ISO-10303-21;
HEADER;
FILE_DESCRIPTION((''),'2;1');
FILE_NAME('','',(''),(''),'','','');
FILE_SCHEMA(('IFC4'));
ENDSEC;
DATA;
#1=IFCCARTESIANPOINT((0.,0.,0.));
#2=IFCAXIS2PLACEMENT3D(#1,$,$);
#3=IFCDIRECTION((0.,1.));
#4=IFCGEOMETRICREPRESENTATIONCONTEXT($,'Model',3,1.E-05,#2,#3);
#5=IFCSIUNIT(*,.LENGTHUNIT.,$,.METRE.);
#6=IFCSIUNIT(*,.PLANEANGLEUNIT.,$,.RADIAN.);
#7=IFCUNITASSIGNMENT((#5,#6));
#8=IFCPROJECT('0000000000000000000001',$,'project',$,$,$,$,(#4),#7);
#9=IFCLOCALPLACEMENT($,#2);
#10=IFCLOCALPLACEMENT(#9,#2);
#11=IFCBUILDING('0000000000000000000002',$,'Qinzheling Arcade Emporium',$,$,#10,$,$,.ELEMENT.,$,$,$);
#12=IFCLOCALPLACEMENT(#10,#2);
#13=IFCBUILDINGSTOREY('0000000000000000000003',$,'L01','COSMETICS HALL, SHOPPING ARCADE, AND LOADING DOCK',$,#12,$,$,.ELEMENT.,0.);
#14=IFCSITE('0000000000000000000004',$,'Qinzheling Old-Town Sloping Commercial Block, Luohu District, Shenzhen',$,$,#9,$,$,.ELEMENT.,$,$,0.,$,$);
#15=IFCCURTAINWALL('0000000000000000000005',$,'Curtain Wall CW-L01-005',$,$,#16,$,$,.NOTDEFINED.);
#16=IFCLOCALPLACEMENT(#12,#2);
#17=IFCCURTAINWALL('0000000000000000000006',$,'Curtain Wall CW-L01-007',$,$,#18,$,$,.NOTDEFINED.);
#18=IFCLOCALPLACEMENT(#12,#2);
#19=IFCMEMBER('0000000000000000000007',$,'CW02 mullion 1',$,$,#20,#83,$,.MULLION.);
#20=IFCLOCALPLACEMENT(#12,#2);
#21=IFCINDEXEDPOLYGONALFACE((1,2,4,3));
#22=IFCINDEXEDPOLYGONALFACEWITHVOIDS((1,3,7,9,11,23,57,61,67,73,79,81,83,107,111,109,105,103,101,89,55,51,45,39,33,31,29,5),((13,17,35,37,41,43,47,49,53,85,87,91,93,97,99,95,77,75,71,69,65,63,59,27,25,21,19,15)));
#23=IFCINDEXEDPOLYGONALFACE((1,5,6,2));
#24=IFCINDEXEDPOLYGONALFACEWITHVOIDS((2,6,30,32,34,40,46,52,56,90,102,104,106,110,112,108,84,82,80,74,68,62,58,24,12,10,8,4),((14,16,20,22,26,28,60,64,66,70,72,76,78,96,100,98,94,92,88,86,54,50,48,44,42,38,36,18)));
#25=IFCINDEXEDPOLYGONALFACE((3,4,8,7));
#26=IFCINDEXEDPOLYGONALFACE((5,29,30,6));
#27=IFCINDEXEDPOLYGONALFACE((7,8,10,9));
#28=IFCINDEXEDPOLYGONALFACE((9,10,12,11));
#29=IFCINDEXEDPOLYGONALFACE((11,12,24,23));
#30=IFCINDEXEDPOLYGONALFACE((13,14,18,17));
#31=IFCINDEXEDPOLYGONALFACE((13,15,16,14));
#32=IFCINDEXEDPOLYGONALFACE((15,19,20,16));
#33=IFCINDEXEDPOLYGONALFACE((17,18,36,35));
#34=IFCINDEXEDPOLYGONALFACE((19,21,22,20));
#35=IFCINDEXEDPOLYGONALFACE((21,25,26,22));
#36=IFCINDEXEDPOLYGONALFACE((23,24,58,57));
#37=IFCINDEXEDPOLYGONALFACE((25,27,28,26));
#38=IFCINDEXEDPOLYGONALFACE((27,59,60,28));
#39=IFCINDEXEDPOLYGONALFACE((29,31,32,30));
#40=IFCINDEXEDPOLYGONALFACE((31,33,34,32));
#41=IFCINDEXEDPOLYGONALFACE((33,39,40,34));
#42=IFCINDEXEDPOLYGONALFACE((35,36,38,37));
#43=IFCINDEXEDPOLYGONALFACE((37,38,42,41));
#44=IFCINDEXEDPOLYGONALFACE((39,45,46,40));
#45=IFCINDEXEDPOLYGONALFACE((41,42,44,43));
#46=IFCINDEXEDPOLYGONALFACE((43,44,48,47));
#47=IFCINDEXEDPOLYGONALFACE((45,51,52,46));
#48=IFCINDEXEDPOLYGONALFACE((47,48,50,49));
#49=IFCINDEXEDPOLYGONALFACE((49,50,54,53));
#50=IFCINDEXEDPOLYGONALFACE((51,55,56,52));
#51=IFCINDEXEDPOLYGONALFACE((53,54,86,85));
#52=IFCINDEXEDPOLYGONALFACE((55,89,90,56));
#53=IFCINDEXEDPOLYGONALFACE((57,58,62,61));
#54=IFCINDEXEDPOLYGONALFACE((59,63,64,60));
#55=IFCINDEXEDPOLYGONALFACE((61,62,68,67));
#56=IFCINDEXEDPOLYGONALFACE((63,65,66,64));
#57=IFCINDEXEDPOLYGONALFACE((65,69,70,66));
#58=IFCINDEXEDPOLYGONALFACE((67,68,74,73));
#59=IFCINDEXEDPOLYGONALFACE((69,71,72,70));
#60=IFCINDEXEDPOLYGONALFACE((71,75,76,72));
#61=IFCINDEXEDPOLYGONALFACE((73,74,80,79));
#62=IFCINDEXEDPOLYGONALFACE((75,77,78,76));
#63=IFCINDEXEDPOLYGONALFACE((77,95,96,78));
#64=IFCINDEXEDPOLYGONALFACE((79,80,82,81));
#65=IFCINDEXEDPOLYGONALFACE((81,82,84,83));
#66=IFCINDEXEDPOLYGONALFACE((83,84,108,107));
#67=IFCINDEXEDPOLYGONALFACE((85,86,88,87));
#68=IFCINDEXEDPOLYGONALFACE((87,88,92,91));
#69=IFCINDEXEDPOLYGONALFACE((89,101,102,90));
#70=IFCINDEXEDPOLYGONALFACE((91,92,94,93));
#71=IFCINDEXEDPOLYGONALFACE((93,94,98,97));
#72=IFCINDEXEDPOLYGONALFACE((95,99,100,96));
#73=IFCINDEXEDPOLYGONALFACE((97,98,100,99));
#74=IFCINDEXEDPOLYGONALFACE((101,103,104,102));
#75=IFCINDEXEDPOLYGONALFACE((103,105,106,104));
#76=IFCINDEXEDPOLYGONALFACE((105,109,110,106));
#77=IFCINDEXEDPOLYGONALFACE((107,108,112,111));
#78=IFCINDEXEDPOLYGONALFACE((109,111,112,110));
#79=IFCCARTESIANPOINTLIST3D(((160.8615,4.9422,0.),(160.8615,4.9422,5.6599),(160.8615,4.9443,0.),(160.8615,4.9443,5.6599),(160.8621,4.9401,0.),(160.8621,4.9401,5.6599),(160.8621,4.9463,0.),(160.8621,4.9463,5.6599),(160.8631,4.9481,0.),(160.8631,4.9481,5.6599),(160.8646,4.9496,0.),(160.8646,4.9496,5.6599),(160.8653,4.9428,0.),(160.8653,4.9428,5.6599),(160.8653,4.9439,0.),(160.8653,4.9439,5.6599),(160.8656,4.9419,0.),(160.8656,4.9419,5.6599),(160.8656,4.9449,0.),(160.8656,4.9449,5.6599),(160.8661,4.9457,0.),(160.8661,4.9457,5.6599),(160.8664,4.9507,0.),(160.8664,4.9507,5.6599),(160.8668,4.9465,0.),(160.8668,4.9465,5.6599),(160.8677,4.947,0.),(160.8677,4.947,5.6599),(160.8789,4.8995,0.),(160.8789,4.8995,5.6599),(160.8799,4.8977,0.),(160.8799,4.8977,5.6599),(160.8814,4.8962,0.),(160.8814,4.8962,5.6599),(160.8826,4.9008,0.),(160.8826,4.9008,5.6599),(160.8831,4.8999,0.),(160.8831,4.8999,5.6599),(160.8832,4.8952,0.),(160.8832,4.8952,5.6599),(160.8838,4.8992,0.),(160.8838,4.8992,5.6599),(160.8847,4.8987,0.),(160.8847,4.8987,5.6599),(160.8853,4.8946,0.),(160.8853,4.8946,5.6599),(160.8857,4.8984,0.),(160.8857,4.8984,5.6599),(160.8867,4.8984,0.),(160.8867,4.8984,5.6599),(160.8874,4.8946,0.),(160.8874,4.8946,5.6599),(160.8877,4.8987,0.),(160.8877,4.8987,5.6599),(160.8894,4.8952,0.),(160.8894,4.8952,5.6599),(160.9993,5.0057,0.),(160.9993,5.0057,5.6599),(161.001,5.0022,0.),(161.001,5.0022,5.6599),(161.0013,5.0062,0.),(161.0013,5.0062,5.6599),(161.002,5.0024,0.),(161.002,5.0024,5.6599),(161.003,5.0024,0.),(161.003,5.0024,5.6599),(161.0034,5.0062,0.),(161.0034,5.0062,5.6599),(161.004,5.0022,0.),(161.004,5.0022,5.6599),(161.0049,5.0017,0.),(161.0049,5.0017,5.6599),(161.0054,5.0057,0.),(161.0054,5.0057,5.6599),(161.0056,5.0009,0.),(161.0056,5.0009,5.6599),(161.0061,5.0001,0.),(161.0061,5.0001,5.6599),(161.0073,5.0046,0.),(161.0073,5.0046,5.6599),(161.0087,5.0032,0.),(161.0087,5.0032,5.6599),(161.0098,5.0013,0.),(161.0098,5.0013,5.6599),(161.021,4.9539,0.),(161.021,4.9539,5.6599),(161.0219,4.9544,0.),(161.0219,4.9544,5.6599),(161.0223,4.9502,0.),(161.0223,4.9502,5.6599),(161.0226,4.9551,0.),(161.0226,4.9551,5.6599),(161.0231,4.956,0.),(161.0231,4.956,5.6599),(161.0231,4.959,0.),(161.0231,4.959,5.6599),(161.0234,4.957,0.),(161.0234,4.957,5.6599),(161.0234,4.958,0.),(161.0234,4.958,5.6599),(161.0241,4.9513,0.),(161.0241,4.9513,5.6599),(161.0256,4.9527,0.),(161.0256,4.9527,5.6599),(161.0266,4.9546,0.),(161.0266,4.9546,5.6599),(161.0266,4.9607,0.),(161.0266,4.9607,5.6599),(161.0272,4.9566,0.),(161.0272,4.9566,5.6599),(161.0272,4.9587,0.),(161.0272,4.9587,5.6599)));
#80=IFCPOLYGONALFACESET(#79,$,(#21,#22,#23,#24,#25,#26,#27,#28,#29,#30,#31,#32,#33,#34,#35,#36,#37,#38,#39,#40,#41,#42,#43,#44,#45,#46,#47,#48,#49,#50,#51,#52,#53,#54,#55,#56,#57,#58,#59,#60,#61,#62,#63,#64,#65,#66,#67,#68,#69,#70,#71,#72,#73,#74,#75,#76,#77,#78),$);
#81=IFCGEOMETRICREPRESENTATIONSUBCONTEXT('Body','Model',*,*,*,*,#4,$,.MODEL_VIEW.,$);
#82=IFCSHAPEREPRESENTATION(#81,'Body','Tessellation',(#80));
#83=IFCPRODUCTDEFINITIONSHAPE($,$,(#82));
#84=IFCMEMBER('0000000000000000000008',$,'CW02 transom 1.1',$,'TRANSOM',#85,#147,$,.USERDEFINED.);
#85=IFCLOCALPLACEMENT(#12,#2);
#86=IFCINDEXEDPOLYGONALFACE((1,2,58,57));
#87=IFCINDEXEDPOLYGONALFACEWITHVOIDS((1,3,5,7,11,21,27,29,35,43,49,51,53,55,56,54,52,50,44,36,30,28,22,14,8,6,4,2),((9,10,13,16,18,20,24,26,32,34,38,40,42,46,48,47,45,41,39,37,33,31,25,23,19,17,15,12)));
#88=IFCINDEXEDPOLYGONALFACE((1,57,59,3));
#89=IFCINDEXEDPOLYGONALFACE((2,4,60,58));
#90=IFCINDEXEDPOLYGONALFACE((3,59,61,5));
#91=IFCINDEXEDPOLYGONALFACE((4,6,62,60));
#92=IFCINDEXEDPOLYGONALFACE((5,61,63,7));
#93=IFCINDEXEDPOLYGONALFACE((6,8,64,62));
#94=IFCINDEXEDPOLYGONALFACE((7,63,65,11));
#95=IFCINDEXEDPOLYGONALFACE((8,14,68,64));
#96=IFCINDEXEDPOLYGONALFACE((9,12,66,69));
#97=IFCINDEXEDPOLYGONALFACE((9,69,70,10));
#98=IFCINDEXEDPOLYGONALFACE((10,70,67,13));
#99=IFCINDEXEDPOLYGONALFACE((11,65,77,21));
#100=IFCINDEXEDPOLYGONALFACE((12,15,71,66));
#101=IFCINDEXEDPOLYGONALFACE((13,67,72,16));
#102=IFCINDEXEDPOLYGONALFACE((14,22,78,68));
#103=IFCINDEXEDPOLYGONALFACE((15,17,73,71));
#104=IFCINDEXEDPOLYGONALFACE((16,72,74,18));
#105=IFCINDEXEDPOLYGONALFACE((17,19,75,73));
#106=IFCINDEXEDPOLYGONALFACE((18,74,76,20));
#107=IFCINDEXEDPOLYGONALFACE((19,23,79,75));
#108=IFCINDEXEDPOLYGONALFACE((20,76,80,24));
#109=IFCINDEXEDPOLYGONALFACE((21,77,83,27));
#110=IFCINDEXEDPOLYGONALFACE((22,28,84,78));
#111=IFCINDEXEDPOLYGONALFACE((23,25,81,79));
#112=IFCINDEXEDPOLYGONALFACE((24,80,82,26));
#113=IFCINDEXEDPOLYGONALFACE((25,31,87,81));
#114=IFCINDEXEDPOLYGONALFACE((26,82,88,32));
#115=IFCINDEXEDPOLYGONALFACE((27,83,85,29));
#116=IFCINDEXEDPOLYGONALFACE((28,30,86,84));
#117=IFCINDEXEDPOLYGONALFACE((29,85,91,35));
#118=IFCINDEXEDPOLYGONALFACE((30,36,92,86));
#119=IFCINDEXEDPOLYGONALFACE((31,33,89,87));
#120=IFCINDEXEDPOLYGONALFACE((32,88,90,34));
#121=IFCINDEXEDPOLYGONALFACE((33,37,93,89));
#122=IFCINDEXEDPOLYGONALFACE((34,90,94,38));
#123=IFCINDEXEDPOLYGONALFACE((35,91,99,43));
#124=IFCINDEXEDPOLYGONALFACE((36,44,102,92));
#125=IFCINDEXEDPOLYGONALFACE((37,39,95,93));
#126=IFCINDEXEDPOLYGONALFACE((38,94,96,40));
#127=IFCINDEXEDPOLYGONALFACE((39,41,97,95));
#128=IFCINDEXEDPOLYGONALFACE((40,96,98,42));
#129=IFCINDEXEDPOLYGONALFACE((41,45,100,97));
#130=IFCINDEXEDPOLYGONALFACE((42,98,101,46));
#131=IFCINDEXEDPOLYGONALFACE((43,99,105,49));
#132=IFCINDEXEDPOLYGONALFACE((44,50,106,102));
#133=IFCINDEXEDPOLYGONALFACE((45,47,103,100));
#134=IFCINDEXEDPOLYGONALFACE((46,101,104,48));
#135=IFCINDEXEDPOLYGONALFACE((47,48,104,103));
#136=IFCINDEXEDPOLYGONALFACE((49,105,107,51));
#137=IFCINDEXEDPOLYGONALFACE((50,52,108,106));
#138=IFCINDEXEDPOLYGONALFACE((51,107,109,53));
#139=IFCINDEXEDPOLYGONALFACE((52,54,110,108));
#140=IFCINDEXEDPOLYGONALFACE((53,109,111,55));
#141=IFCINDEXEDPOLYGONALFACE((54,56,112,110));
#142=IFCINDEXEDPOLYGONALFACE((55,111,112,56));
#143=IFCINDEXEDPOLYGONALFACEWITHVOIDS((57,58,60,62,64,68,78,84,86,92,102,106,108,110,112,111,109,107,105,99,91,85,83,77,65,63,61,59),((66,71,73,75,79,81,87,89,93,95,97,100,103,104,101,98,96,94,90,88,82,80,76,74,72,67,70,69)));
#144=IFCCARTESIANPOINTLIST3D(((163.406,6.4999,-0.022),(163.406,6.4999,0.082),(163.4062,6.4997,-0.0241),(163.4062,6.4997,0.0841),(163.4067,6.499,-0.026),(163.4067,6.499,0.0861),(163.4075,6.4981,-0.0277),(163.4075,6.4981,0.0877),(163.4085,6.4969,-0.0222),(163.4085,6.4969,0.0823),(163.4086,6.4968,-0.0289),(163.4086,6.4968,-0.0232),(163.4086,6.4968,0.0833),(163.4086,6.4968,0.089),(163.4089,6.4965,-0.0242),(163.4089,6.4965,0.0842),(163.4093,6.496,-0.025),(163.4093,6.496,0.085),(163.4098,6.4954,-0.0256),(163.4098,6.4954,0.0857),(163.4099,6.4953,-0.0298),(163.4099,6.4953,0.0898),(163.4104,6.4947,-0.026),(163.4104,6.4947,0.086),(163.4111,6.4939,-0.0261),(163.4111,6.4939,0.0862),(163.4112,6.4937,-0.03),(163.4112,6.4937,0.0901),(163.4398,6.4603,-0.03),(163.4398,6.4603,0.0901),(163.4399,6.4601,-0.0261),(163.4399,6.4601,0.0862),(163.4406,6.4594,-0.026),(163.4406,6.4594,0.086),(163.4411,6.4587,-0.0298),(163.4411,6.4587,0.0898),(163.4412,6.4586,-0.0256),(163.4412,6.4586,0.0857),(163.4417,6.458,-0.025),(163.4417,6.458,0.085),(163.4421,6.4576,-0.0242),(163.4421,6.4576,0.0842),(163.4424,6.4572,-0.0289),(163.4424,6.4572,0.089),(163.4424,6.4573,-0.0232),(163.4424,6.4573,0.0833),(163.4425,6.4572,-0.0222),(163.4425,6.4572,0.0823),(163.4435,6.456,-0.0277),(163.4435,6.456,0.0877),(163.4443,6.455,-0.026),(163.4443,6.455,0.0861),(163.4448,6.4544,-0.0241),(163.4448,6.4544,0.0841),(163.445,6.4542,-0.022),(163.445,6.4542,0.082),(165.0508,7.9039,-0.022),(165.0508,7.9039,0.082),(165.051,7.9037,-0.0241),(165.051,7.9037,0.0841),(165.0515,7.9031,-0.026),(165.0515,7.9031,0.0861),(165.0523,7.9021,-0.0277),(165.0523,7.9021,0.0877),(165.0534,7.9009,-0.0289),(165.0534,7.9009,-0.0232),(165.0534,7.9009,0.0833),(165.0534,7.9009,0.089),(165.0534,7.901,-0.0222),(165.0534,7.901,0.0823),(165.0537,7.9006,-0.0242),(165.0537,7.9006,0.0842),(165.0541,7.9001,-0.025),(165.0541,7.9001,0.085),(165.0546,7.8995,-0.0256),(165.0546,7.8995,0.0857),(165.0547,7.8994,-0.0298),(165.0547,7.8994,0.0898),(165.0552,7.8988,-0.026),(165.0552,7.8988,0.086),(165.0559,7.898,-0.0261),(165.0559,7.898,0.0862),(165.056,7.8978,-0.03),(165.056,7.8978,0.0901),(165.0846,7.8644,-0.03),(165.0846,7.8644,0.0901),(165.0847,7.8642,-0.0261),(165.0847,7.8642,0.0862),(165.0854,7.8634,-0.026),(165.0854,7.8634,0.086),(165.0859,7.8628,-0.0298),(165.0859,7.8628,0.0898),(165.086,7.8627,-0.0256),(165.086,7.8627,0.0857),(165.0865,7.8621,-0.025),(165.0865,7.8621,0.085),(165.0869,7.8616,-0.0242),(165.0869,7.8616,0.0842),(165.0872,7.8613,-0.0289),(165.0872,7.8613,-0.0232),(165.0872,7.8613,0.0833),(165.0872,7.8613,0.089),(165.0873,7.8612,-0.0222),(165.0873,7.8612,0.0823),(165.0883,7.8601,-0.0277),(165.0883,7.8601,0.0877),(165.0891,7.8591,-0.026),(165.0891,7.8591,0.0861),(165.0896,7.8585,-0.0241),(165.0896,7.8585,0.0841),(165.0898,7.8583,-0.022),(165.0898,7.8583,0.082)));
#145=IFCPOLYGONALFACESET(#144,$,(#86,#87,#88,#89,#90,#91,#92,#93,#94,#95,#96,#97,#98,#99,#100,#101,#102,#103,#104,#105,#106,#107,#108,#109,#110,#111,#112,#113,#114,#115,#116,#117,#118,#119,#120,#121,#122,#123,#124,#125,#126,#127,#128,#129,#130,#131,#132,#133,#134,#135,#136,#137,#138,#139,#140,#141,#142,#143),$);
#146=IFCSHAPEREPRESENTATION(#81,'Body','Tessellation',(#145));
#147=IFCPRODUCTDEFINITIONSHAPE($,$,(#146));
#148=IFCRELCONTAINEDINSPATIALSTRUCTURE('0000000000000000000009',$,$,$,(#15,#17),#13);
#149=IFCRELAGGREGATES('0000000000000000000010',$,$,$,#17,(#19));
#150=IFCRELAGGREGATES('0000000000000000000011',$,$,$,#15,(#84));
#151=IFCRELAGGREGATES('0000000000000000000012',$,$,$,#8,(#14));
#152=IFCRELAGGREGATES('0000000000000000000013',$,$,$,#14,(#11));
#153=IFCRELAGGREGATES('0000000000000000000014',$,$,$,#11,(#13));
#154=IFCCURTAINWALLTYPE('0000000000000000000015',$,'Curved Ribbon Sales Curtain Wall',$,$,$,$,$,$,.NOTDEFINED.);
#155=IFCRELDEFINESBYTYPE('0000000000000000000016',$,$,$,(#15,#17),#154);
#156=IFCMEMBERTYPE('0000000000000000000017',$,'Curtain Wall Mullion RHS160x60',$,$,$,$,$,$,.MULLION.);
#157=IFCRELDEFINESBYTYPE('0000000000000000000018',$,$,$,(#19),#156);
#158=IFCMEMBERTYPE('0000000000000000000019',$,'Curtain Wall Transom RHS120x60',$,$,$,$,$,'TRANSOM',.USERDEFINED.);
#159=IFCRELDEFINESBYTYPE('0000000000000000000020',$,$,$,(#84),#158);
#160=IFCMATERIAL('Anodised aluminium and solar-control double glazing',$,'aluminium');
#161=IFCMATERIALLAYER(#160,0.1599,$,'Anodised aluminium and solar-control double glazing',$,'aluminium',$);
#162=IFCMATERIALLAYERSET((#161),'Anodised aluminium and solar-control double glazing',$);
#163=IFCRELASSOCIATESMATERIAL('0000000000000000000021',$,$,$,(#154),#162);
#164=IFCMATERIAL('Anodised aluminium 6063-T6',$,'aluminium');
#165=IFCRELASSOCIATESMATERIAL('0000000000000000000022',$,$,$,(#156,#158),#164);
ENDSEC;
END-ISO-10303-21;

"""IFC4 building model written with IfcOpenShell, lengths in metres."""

from ifc_helpers import new_model, si_unit, direction, frame, origin, origin_2d, place, context, subcontext, project, spatial, hollow_rectangle, extrude, material, layer, layer_set, material_profile, profile_set, type_object, element, aggregate, save


model = new_model("IFC4")

# Units and contexts
model_context = context("Model", 3, precision=1e-05, world=origin(), true_north=direction((0.0, 1.0)))
body_context = subcontext(model_context, "Body", "Model", "MODEL_VIEW")
ifc_project = project(units=[si_unit("LENGTHUNIT", "METRE"), si_unit("PLANEANGLEUNIT", "RADIAN")], contexts=[model_context])

# Site, building, storey
site_placement = place(None, origin())
site = spatial("IfcSite", under=ifc_project, at=site_placement, Name="Qinzheling Old-Town Sloping Commercial Block, Luohu District, Shenzhen", CompositionType="ELEMENT", RefElevation=0.0)
building_placement = place(site_placement, origin())
building = spatial("IfcBuilding", under=site, at=building_placement, Name="Qinzheling Arcade Emporium", CompositionType="ELEMENT")
storey_placement = place(building_placement, origin())
storey = spatial("IfcBuildingStorey", under=building, at=storey_placement, Name="L01", Description="COSMETICS HALL, SHOPPING ARCADE, AND LOADING DOCK", CompositionType="ELEMENT", Elevation=0.0)

# Curtain wall
ifc_material_1 = material(Name="Anodised aluminium and solar-control double glazing", Category="aluminium")
ifc_layer_1 = layer(ifc_material_1, 0.1599, Name="Anodised aluminium and solar-control double glazing", Category="aluminium")
ifc_layer_set_1 = layer_set([ifc_layer_1], Name="Anodised aluminium and solar-control double glazing")
curtain_wall_type = type_object("IfcCurtainWallType", Name="Curved Ribbon Sales Curtain Wall", PredefinedType="NOTDEFINED", material=ifc_layer_set_1)
curtain_wall_1_placement = place(storey_placement, origin())
curtain_wall_1 = element("IfcCurtainWall", 1, at=curtain_wall_1_placement, inside=storey, type_object=curtain_wall_type, Name="Curtain Wall CW-L01-005", PredefinedType="NOTDEFINED")
ifc_material_2 = material(Name="Anodised aluminium 6063-T6", Category="aluminium")
ifc_material_profile_1 = material_profile(ifc_material_2, hollow_rectangle(XDim=0.0601, YDim=0.1599, WallThickness=0.0039, InnerFilletRadius=0.0039, OuterFilletRadius=0.0081, at=origin_2d()), Name="RHS 160x60x4", Category="aluminium")
ifc_profile_set_1 = profile_set([ifc_material_profile_1], Name="Anodised aluminium 6063-T6")
member_type_1 = type_object("IfcMemberType", Name="Curtain Wall Mullion RHS160x60", PredefinedType="MULLION", material=ifc_profile_set_1)

# Curtain wall, member
curtain_wall_2_placement = place(storey_placement, origin())
curtain_wall_2 = element("IfcCurtainWall", 2, at=curtain_wall_2_placement, inside=storey, type_object=curtain_wall_type, Name="Curtain Wall CW-L01-007", PredefinedType="NOTDEFINED")
member_1_placement = place(storey_placement, frame((160.9443, 4.9504, 0.0), z_axis=(0.0, 0.0, 1.0), x_axis=(0.382654, -0.923892, 0.0)))
member_1 = element("IfcMember", 3, at=member_1_placement, type_object=member_type_1, Name="CW02 mullion 1", PredefinedType="MULLION", context=body_context, shape_type="SweptSolid", body=[
    extrude(hollow_rectangle(XDim=0.0601, YDim=0.1599, WallThickness=0.0039, InnerFilletRadius=0.0039, OuterFilletRadius=0.0081, at=origin_2d()), origin(), (0.0, 0.0, 1.0), 5.6599),
])

# Member
ifc_material_profile_2 = material_profile(ifc_material_2, hollow_rectangle(XDim=0.0601, YDim=0.1201, WallThickness=0.0039, InnerFilletRadius=0.0039, OuterFilletRadius=0.0081, at=origin_2d()), Name="RHS 120x60x4", Category="aluminium")
ifc_profile_set_2 = profile_set([ifc_material_profile_2], Name="Anodised aluminium 6063-T6")
member_type_2 = type_object("IfcMemberType", Name="Curtain Wall Transom RHS120x60", ElementType="TRANSOM", PredefinedType="USERDEFINED", material=ifc_profile_set_2)
member_2_placement = place(storey_placement, frame((165.0703, 7.8811, 0.03), z_axis=(-0.76057, -0.649256, 0.0), x_axis=(0.649256, -0.76057, 0.0)))
member_2 = element("IfcMember", 4, at=member_2_placement, type_object=member_type_2, Name="CW02 transom 1.1", ObjectType="TRANSOM", PredefinedType="USERDEFINED", context=body_context, shape_type="SweptSolid", body=[
    extrude(hollow_rectangle(XDim=0.0601, YDim=0.1201, WallThickness=0.0039, InnerFilletRadius=0.0039, OuterFilletRadius=0.0081, at=origin_2d()), origin(), (0.0, 0.0, 1.0), 2.1626),
])
aggregate(curtain_wall_2, [member_1])

aggregate(curtain_wall_1, [member_2])

save(model, "model.ifc")
